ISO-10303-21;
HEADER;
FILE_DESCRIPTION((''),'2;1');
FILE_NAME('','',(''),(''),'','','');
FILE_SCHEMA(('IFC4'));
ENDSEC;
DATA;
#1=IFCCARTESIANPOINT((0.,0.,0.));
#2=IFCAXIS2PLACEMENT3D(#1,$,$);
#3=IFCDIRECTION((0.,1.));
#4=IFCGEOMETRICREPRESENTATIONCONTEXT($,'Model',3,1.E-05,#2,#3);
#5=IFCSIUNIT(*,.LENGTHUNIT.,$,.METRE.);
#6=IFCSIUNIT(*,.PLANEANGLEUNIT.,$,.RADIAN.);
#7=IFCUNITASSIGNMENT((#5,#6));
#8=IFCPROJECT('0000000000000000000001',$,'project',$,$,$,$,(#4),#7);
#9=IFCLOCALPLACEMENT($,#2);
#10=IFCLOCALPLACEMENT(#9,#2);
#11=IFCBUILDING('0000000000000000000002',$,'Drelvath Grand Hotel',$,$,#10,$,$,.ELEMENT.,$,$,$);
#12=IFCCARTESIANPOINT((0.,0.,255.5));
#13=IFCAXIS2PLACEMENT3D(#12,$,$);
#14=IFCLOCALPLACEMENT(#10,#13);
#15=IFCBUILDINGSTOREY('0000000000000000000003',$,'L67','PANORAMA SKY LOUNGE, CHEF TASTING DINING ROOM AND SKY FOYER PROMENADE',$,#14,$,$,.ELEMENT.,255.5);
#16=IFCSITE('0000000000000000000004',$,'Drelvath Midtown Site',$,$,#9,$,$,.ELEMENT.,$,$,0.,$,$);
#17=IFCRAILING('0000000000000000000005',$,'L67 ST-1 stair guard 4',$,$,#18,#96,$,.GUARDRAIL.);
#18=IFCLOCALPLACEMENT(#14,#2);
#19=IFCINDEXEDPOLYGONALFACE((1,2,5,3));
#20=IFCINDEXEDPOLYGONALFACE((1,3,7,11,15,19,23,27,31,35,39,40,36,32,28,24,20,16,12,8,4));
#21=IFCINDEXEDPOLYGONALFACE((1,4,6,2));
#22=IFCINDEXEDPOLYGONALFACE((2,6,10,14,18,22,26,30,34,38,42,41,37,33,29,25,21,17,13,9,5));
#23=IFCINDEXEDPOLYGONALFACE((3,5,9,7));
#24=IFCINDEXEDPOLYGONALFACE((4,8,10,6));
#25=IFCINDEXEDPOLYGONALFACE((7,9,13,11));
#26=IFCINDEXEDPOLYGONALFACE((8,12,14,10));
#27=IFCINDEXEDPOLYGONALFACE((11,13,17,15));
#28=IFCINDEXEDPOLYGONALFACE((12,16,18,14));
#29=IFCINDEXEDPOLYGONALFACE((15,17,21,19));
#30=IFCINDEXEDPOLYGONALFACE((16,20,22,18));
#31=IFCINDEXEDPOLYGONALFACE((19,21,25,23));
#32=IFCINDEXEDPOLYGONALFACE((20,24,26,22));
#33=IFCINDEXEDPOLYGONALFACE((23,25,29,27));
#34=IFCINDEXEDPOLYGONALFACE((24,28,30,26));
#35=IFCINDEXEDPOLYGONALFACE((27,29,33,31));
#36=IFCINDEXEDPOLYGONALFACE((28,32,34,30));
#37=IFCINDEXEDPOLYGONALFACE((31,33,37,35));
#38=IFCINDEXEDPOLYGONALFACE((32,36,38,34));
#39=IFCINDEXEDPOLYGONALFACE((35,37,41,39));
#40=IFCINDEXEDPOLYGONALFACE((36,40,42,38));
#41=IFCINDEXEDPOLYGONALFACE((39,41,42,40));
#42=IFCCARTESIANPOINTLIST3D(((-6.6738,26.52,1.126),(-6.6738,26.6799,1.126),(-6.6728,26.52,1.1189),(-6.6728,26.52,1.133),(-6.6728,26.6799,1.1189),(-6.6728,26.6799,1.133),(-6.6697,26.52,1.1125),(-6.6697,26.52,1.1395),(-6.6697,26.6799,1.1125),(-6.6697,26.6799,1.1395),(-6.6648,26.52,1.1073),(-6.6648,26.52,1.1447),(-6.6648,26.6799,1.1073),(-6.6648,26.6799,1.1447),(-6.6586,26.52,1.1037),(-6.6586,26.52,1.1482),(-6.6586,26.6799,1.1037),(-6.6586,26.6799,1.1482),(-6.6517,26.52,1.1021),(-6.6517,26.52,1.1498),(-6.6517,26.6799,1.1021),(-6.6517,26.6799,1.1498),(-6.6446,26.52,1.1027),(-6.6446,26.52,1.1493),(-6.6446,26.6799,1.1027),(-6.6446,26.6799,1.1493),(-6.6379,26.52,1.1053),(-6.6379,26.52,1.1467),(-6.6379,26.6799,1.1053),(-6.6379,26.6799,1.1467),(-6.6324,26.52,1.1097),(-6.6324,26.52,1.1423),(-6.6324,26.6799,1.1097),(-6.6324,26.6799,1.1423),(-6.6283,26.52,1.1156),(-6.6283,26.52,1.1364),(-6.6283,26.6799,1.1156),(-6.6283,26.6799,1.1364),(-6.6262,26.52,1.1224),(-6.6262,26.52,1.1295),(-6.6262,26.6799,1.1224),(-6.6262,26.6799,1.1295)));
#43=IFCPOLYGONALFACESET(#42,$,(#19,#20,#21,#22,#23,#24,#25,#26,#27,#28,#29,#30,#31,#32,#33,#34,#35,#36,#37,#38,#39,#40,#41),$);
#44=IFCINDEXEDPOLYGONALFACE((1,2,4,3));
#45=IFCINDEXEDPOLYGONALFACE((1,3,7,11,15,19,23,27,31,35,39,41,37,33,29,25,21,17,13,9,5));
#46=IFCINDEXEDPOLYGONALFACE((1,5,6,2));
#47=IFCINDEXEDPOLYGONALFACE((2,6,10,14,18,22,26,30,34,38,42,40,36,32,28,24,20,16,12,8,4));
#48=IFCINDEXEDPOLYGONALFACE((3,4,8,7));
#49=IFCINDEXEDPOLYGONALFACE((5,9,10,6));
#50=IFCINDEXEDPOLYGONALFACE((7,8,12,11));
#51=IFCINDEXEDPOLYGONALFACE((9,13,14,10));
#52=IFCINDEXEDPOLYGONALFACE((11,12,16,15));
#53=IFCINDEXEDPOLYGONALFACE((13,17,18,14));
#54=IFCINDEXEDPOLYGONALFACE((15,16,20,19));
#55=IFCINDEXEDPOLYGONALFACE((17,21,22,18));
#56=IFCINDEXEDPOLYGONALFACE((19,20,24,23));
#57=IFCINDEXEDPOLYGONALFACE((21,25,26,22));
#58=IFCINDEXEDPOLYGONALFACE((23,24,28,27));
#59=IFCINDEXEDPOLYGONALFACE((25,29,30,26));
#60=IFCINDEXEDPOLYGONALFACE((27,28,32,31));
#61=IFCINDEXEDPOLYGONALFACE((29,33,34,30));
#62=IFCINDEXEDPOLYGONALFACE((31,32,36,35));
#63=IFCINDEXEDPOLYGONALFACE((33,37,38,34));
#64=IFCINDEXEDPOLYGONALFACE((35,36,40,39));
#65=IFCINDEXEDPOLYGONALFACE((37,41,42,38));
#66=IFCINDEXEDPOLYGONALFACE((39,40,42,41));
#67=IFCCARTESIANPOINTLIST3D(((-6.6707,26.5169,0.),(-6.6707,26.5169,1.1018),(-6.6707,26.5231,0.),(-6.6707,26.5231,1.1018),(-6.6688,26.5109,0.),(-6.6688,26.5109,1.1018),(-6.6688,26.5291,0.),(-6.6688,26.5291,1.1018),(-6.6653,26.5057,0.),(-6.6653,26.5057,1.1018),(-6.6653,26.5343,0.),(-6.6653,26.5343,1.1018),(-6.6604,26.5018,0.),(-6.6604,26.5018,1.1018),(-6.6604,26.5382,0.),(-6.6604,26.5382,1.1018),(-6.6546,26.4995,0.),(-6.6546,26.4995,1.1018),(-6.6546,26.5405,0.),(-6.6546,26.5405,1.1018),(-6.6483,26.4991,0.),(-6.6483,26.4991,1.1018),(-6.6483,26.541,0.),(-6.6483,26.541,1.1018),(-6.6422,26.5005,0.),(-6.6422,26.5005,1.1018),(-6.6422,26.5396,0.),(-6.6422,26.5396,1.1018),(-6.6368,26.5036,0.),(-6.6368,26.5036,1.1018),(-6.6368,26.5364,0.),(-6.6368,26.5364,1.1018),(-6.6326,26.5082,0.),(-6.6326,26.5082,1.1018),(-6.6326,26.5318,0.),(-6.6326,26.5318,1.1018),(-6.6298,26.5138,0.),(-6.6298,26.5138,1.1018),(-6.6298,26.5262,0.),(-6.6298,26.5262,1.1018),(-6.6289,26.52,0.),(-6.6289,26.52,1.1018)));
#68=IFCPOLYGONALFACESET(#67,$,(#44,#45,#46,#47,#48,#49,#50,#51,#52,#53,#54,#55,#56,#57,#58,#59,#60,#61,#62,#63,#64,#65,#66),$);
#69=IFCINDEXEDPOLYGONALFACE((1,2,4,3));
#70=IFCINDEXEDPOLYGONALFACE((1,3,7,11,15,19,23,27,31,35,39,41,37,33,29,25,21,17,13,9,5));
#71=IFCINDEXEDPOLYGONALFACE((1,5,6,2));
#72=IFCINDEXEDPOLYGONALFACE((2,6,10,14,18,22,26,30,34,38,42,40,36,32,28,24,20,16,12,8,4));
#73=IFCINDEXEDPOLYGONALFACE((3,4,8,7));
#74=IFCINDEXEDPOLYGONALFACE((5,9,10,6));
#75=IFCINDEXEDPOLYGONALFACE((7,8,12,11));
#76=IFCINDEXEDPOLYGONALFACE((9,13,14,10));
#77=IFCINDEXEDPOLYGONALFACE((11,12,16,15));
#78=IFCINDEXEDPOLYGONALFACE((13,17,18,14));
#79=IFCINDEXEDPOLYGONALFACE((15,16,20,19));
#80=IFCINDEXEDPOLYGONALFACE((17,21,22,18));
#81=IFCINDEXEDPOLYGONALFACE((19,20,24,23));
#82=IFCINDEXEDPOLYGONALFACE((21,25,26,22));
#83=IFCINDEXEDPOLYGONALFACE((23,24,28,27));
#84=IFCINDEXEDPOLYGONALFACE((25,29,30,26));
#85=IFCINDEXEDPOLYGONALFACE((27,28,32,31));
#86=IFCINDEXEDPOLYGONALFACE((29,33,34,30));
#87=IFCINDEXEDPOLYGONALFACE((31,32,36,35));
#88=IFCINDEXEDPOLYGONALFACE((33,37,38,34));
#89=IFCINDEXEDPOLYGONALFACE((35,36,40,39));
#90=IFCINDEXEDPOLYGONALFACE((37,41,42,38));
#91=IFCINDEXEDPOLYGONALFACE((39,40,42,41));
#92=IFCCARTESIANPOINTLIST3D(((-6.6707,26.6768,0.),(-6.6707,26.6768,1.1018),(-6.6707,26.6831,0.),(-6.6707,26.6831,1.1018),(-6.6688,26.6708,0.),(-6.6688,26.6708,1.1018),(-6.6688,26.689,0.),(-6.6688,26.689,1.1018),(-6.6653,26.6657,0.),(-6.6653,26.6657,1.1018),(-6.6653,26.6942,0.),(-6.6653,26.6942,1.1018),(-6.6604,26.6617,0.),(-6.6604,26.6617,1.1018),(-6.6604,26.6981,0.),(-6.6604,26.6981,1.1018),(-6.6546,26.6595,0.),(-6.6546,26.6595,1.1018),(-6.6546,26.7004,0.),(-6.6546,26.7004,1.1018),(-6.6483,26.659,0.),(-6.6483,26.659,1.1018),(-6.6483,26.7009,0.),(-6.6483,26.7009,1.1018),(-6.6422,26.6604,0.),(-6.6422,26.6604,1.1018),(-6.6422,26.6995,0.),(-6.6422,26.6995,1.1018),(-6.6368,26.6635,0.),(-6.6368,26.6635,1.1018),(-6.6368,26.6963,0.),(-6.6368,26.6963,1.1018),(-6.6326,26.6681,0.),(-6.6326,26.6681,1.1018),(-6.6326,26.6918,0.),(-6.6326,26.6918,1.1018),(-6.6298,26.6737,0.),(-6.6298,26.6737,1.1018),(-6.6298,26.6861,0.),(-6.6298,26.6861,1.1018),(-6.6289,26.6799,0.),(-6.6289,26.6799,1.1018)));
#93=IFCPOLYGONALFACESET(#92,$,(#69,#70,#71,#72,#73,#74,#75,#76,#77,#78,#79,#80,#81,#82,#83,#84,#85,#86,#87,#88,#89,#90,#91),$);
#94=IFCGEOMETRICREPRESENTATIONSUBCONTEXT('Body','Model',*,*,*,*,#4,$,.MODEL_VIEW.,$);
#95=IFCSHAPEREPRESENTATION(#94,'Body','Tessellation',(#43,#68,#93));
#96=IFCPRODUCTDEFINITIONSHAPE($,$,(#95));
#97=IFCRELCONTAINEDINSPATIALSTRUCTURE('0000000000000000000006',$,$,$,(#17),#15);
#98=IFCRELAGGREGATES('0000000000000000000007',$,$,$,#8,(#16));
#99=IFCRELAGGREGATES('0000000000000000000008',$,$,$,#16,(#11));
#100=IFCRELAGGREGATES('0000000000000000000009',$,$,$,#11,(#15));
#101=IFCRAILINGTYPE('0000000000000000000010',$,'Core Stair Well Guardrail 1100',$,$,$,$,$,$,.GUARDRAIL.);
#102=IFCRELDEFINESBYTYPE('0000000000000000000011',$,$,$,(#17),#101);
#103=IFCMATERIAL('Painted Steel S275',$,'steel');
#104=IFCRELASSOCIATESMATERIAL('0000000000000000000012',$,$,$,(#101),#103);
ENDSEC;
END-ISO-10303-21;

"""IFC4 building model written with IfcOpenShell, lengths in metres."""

from ifc_helpers import new_model, si_unit, direction, frame, origin, origin_2d, place, context, subcontext, project, spatial, circle, extrude, material, type_object, element, save


model = new_model("IFC4")

# Units and contexts
model_context = context("Model", 3, precision=1e-05, world=origin(), true_north=direction((0.0, 1.0)))
body_context = subcontext(model_context, "Body", "Model", "MODEL_VIEW")
ifc_project = project(units=[si_unit("LENGTHUNIT", "METRE"), si_unit("PLANEANGLEUNIT", "RADIAN")], contexts=[model_context])

# Site, building, storey
site_placement = place(None, origin())
site = spatial("IfcSite", under=ifc_project, at=site_placement, Name="Drelvath Midtown Site", CompositionType="ELEMENT", RefElevation=0.0)
building_placement = place(site_placement, origin())
building = spatial("IfcBuilding", under=site, at=building_placement, Name="Drelvath Grand Hotel", CompositionType="ELEMENT")
storey_placement = place(building_placement, frame((0.0, 0.0, 255.5)))
storey = spatial("IfcBuildingStorey", under=building, at=storey_placement, Name="L67", Description="PANORAMA SKY LOUNGE, CHEF TASTING DINING ROOM AND SKY FOYER PROMENADE", CompositionType="ELEMENT", Elevation=255.5)

# Shared definitions
ifc_material_1 = material(Name="Painted Steel S275", Category="steel")

# Railing
railing_type_1 = type_object("IfcRailingType", Name="Core Stair Well Guardrail 1100", PredefinedType="GUARDRAIL", material=ifc_material_1)
railing_1_placement = place(storey_placement, frame((-6.6499, 26.52, 0.0)))
element("IfcRailing", 1, at=railing_1_placement, inside=storey, type_object=railing_type_1, Name="L67 ST-1 stair guard 4", PredefinedType="GUARDRAIL", context=body_context, shape_type="SweptSolid", body=[
    extrude(circle(Radius=0.0239, at=origin_2d()), frame((0.0, 0.0, 1.126), z_axis=(0.0, 1.0, 0.0), x_axis=(-1.0, 0.0, 0.0)), (0.0, 0.0, 1.0), 0.1599),
    extrude(circle(Radius=0.021, at=origin_2d()), origin(), (0.0, 0.0, 1.0), 1.1018),
    extrude(circle(Radius=0.021, at=origin_2d()), frame((0.0, 0.1599, 0.0)), (0.0, 0.0, 1.0), 1.1018),
])

save(model, "model.ifc")
